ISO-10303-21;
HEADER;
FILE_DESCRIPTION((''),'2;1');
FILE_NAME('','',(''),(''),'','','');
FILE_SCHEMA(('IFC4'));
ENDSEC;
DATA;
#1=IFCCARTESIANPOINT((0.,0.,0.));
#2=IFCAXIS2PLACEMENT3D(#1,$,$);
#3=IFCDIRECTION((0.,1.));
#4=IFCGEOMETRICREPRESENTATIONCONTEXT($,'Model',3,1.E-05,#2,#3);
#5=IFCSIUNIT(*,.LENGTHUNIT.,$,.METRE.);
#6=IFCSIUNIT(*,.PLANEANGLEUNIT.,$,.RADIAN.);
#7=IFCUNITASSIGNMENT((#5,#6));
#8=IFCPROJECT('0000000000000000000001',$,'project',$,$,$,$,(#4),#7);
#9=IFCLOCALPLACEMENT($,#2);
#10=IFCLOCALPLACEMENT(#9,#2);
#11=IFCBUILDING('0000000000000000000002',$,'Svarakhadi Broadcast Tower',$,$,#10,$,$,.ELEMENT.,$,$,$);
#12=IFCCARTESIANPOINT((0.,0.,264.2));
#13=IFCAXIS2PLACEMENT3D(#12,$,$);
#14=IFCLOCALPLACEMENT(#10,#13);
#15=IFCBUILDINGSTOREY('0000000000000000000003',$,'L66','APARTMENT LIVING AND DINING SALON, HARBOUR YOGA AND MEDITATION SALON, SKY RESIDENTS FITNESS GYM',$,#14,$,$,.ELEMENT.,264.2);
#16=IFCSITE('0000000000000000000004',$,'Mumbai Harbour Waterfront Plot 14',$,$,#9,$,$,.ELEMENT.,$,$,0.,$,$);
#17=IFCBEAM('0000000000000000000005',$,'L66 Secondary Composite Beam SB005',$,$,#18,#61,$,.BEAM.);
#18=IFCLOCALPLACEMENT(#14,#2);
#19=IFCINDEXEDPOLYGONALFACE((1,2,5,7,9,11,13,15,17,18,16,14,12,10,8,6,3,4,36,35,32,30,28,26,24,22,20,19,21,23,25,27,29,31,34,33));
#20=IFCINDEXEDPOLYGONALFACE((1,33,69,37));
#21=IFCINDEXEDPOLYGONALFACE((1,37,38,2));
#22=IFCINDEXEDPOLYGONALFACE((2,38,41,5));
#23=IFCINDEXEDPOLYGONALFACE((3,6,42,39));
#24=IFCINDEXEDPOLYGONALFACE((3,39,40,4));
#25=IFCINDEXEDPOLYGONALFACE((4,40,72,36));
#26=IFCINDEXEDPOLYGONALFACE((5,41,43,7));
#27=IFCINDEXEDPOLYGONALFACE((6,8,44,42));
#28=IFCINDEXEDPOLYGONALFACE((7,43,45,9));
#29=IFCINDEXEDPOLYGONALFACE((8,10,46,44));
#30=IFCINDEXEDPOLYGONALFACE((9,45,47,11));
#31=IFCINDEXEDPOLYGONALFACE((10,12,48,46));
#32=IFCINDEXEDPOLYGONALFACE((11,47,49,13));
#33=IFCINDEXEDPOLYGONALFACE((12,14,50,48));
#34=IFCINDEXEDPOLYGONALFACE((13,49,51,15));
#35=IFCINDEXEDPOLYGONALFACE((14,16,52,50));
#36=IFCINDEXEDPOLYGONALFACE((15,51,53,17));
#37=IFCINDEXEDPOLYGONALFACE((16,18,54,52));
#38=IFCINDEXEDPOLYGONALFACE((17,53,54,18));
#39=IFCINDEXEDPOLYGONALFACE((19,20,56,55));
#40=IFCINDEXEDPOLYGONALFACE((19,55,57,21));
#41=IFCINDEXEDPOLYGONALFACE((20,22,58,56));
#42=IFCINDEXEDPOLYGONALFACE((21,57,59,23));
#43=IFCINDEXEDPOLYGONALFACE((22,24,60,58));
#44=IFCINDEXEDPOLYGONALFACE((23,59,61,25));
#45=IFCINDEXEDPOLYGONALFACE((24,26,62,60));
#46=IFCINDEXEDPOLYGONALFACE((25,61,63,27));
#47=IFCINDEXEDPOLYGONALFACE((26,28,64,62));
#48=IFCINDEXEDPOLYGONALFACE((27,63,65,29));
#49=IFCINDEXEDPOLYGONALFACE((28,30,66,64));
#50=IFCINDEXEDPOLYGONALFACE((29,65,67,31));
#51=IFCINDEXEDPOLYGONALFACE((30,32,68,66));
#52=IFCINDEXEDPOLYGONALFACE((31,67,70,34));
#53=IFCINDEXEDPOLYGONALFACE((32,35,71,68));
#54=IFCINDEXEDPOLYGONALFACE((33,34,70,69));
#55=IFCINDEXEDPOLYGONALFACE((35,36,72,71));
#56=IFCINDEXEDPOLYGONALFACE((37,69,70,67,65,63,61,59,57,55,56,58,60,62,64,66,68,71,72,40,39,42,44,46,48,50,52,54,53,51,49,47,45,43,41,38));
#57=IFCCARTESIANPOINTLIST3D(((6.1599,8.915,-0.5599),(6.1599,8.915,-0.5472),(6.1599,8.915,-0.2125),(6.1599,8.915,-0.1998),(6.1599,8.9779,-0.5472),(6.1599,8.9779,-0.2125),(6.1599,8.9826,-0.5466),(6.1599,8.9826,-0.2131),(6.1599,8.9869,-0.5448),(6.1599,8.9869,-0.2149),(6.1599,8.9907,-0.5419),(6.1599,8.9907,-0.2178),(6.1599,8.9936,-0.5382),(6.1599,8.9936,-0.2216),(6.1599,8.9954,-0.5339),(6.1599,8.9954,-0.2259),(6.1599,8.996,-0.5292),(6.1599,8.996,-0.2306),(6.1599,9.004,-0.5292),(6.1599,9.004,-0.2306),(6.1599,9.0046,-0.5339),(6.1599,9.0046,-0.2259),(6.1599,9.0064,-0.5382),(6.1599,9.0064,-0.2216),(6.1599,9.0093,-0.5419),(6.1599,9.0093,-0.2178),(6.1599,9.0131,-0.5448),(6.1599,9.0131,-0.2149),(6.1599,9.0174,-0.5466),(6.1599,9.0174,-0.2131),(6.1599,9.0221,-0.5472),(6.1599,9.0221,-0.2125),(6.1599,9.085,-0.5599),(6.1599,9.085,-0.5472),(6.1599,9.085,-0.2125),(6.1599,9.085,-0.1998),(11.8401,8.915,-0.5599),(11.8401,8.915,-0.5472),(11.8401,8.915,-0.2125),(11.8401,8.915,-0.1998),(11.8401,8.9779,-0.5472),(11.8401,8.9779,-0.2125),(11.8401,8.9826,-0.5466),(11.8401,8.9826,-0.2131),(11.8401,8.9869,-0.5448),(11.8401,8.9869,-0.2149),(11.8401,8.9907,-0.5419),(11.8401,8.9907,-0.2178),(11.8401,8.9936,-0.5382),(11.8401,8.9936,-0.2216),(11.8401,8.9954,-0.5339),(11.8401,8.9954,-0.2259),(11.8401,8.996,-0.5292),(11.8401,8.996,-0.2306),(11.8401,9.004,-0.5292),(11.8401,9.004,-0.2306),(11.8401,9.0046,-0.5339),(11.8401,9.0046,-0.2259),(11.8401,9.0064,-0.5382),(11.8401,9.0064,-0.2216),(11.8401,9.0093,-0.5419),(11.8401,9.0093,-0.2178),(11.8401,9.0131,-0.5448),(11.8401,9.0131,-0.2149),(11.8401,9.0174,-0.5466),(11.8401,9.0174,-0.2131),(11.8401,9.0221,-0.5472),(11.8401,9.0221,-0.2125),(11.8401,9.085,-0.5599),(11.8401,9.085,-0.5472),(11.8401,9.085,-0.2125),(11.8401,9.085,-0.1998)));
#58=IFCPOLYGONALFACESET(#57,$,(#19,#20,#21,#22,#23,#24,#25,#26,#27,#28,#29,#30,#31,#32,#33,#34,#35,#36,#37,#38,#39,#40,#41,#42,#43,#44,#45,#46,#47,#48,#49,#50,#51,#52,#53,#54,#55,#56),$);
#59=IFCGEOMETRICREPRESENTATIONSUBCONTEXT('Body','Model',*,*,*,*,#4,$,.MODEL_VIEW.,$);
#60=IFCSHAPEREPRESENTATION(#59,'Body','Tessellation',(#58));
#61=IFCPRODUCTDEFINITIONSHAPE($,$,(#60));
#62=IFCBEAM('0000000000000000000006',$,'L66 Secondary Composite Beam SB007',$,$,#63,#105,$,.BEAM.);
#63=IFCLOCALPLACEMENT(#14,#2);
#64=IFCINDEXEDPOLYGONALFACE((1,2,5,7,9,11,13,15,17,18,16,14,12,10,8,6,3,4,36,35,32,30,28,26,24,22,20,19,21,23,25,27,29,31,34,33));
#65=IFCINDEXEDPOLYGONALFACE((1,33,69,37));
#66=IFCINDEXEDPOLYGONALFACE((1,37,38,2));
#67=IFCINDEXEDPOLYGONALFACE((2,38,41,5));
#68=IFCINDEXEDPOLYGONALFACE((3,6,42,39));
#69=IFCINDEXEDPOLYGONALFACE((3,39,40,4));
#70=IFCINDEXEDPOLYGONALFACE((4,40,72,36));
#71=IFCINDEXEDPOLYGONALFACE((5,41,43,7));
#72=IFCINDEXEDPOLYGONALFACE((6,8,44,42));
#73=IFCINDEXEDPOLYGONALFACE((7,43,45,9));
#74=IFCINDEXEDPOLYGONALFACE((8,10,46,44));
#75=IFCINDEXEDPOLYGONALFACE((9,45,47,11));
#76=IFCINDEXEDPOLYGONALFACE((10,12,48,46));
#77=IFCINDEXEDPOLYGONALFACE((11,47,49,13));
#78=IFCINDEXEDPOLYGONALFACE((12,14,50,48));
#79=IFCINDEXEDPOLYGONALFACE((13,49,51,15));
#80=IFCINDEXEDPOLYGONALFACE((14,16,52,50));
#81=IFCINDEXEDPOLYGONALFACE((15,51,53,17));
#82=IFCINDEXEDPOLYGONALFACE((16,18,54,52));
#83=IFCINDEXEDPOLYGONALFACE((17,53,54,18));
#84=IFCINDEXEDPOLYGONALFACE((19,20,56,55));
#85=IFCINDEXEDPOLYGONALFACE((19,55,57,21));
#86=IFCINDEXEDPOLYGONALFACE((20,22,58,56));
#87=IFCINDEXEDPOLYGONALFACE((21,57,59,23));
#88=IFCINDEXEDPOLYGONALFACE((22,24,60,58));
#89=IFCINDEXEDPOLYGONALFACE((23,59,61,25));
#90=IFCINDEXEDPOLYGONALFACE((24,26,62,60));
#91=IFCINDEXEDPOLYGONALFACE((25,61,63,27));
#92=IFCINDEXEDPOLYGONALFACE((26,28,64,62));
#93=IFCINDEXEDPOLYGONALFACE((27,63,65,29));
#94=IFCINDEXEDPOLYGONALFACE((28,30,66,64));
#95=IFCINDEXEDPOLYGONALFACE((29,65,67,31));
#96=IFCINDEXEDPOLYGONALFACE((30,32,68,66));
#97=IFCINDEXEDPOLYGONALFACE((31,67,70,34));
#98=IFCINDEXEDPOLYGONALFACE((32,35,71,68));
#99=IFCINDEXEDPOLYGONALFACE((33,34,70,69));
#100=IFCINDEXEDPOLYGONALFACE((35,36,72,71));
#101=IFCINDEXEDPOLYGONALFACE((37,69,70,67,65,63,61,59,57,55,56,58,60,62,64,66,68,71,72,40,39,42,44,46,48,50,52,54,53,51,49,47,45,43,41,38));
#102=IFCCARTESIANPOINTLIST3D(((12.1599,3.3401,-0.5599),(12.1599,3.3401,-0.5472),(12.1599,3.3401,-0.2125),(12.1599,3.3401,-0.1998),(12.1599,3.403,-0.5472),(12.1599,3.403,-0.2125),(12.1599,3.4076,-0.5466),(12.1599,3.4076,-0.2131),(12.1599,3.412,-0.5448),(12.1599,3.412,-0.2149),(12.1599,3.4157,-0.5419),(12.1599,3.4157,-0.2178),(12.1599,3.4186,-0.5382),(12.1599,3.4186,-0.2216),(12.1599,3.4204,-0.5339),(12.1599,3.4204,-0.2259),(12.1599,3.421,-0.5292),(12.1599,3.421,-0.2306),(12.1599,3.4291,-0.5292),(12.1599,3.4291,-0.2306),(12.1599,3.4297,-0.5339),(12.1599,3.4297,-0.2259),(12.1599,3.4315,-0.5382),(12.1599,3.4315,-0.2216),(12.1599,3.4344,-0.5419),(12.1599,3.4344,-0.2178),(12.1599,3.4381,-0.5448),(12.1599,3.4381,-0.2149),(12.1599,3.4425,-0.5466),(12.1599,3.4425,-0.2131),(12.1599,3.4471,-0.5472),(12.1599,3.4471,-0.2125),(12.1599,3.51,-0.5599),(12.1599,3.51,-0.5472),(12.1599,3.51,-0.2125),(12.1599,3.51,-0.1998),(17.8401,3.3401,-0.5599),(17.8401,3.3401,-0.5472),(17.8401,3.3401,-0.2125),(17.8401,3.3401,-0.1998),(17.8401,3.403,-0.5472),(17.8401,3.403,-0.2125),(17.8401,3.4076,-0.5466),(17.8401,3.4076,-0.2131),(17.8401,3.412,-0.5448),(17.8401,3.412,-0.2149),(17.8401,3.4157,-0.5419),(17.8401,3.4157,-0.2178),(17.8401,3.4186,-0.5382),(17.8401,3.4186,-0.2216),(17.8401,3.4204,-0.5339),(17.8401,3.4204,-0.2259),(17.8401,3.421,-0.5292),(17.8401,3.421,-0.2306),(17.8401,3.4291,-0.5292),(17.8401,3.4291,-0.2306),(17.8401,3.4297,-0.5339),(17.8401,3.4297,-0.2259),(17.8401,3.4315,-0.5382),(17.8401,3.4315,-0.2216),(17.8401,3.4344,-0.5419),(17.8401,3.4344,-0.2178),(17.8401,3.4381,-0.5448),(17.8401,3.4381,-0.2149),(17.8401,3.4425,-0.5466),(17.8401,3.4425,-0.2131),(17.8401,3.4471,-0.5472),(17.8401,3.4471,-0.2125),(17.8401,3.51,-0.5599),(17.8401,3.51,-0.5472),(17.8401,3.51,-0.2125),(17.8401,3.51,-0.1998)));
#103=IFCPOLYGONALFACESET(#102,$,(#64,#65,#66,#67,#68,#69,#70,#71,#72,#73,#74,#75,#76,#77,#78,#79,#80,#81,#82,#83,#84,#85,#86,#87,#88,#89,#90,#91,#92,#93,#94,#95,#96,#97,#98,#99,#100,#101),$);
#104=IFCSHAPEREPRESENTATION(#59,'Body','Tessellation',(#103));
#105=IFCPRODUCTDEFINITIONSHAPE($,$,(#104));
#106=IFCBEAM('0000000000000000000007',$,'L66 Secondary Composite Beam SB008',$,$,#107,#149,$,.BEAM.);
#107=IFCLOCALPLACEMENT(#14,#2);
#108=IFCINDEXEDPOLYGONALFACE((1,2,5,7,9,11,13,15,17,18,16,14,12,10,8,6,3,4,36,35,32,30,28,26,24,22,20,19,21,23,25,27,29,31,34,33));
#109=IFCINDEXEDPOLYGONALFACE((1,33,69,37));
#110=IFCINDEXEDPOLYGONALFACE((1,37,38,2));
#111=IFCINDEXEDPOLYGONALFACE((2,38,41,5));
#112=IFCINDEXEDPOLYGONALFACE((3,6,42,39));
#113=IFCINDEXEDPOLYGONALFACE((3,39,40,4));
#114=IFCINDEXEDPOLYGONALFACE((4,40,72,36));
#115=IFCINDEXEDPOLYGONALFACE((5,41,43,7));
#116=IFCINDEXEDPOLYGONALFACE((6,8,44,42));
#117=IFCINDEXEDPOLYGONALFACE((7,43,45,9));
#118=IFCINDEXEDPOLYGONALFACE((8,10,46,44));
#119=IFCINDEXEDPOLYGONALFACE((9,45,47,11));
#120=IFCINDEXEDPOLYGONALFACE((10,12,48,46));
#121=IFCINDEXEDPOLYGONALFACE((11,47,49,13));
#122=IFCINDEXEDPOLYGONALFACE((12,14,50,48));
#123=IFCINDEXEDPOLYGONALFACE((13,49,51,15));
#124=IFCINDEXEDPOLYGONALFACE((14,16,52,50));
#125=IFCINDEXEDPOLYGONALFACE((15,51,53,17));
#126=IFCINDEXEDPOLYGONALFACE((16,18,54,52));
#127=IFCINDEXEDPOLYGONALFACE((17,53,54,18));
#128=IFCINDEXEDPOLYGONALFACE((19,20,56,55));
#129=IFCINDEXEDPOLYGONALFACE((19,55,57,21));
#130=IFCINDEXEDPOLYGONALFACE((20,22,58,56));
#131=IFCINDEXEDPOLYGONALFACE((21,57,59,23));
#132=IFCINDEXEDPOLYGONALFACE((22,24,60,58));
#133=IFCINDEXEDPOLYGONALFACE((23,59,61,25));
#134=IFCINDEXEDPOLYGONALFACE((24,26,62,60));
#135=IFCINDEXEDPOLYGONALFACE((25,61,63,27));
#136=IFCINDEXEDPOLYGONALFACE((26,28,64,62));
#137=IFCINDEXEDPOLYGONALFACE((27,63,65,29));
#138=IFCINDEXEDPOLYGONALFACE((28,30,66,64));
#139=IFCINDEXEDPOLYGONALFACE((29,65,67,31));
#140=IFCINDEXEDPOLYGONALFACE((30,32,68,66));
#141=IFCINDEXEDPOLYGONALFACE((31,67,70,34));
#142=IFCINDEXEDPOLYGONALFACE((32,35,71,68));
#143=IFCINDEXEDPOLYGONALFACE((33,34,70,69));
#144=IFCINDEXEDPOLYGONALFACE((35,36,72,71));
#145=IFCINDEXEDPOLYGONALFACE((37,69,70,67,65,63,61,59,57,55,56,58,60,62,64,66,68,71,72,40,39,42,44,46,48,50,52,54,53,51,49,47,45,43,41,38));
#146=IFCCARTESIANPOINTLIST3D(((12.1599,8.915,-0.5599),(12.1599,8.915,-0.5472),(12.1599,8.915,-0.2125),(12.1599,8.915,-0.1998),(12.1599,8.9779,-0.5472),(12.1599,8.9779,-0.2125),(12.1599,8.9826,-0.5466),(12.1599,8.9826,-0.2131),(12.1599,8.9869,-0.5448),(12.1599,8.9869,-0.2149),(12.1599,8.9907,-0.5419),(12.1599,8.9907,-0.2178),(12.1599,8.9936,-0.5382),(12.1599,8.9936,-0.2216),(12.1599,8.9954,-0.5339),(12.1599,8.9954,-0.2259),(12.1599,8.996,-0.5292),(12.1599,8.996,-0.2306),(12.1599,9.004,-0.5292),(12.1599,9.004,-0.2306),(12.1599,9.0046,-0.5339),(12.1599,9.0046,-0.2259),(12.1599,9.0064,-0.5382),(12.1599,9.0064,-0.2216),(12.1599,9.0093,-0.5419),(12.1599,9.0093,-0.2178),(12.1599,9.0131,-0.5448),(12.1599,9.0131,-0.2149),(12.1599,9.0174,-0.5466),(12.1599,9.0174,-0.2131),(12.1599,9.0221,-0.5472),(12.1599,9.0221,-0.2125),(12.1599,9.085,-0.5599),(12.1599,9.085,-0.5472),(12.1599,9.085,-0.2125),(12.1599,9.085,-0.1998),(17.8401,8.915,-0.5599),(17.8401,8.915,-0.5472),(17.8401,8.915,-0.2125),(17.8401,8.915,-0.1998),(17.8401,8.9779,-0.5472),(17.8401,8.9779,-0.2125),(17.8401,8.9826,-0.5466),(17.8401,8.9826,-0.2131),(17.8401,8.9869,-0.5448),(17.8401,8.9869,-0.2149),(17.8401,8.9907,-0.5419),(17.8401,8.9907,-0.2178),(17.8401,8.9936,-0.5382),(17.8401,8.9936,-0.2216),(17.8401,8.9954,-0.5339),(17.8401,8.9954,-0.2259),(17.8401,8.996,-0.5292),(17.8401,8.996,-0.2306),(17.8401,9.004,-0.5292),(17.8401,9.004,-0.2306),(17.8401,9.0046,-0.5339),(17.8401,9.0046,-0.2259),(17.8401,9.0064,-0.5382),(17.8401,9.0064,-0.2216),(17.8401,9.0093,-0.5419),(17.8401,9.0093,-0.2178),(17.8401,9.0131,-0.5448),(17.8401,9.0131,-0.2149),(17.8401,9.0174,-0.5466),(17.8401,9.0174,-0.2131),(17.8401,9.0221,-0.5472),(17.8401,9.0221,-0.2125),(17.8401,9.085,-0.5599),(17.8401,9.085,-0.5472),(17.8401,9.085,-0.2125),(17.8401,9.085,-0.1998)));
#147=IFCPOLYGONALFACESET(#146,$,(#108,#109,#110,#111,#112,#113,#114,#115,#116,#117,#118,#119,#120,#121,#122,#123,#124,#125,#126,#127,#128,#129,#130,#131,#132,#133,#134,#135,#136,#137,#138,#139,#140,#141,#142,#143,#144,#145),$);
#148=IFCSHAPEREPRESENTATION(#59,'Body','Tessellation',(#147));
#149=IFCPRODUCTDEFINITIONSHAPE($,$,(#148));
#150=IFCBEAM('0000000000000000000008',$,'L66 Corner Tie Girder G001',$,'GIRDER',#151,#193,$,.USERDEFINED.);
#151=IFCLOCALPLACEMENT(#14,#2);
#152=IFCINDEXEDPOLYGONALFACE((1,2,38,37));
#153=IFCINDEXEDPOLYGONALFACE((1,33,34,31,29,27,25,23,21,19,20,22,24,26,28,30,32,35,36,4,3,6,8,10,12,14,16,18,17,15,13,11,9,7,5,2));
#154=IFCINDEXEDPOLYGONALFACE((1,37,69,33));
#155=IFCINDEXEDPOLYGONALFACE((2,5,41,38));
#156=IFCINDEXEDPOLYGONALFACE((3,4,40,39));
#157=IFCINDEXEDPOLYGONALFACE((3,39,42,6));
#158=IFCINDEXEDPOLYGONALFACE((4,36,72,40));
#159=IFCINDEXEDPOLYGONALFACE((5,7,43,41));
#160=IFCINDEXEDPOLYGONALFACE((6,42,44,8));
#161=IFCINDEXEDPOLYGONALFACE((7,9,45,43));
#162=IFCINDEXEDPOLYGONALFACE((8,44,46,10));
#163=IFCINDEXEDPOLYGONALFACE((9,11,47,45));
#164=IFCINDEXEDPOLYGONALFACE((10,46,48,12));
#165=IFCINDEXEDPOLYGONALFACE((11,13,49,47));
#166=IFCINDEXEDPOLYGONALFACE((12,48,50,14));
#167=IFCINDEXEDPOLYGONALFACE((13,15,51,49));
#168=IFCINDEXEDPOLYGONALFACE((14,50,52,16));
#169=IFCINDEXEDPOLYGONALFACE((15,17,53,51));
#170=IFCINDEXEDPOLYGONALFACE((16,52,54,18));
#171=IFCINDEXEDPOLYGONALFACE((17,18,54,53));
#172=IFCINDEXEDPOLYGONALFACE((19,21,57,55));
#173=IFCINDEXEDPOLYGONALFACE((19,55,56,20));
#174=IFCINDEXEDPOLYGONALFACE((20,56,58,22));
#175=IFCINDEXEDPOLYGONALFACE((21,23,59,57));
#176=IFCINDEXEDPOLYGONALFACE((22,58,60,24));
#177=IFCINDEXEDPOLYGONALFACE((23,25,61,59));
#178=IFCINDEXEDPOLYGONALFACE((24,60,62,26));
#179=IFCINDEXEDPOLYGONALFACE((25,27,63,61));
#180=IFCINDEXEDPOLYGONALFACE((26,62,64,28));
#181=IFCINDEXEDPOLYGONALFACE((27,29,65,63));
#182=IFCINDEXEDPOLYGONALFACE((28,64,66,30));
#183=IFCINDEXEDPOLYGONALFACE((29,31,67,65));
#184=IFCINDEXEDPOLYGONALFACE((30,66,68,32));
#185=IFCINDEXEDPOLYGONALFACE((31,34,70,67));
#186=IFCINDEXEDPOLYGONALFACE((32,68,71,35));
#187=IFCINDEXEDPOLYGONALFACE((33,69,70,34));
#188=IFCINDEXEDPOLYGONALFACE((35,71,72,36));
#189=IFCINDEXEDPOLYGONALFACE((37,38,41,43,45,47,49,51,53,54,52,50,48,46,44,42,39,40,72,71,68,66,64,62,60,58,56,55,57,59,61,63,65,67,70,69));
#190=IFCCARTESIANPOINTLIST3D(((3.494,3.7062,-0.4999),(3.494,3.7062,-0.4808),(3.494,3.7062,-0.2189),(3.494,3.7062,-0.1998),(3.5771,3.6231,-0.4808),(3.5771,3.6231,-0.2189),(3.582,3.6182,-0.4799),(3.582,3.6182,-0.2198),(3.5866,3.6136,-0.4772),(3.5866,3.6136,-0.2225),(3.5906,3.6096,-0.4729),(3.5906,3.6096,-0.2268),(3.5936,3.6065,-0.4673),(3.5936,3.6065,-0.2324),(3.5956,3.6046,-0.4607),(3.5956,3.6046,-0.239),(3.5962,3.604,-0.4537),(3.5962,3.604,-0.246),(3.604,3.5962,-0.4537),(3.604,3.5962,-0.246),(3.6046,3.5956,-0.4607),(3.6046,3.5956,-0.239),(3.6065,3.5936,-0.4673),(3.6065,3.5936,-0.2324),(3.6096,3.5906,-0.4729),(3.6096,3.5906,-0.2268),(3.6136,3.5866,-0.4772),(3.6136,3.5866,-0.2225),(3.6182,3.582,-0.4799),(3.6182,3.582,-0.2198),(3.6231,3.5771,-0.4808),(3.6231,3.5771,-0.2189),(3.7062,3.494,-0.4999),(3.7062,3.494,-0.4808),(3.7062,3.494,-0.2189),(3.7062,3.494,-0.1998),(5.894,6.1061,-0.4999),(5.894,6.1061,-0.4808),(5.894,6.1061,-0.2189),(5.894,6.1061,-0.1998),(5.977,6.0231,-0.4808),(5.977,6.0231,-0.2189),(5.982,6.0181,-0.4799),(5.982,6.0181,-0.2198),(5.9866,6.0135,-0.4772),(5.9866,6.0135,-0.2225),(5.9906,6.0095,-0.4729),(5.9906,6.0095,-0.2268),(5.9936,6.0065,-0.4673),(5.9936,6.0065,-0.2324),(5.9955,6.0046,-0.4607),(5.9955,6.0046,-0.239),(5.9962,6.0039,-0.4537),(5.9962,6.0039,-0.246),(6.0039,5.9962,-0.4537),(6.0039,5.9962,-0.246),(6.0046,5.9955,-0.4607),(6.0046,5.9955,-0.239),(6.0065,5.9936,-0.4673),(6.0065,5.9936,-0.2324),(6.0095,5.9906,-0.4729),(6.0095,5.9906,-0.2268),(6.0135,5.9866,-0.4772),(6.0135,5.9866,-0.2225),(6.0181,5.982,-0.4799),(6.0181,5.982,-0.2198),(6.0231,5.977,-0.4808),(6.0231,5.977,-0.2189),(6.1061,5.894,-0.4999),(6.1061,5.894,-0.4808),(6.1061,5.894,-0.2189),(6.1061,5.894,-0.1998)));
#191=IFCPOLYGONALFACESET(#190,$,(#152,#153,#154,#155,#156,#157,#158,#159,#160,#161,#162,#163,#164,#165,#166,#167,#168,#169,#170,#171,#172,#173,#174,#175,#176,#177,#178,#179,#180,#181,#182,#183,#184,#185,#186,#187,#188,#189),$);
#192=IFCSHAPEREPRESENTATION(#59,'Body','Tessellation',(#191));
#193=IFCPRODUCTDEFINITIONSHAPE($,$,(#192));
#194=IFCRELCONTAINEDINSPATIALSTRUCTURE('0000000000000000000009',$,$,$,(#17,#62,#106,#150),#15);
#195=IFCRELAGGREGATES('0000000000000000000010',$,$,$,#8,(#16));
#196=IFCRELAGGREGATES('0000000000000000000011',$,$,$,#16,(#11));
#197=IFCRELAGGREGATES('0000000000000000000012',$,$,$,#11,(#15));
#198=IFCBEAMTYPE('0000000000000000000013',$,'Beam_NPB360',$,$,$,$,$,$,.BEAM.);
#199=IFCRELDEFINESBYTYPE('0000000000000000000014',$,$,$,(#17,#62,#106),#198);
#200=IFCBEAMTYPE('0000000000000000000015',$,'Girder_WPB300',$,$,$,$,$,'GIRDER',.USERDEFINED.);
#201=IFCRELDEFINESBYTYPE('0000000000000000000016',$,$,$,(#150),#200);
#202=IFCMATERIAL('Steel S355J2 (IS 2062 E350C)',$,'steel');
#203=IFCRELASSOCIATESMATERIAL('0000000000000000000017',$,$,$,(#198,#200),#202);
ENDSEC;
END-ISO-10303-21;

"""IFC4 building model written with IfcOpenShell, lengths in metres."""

from ifc_helpers import new_model, si_unit, direction, frame, origin, origin_2d, place, context, subcontext, project, spatial, i_section, extrude, material, material_profile, profile_set, type_object, element, save


model = new_model("IFC4")

# Units and contexts
model_context = context("Model", 3, precision=1e-05, world=origin(), true_north=direction((0.0, 1.0)))
body_context = subcontext(model_context, "Body", "Model", "MODEL_VIEW")
ifc_project = project(units=[si_unit("LENGTHUNIT", "METRE"), si_unit("PLANEANGLEUNIT", "RADIAN")], contexts=[model_context])

# Site, building, storey
site_placement = place(None, origin())
site = spatial("IfcSite", under=ifc_project, at=site_placement, Name="Mumbai Harbour Waterfront Plot 14", CompositionType="ELEMENT", RefElevation=0.0)
building_placement = place(site_placement, origin())
building = spatial("IfcBuilding", under=site, at=building_placement, Name="Svarakhadi Broadcast Tower", CompositionType="ELEMENT")
storey_placement = place(building_placement, frame((0.0, 0.0, 264.2)))
storey = spatial("IfcBuildingStorey", under=building, at=storey_placement, Name="L66", Description="APARTMENT LIVING AND DINING SALON, HARBOUR YOGA AND MEDITATION SALON, SKY RESIDENTS FITNESS GYM", CompositionType="ELEMENT", Elevation=264.2)

# Beams
ifc_material_1 = material(Name="Steel S355J2 (IS 2062 E350C)", Category="steel")
ifc_material_profile_1 = material_profile(ifc_material_1, i_section(OverallWidth=0.1699, OverallDepth=0.3601, WebThickness=0.0081, FlangeThickness=0.0127, FilletRadius=0.0181, at=origin_2d()), Name="NPB 360x170x57")
ifc_profile_set_1 = profile_set([ifc_material_profile_1], Name="Steel S355J2 (IS 2062 E350C)")
beam_type_1 = type_object("IfcBeamType", Name="Beam_NPB360", PredefinedType="BEAM", material=ifc_profile_set_1)
for number, where, z_axis, x_axis, name in (
    (1, (6.1599, 9.0, -0.3799), (1.0, 0.0, 0.0), (0.0, 1.0, 0.0), "L66 Secondary Composite Beam SB005"),
    (2, (12.1599, 3.425, -0.3799), (1.0, 0.0, 0.0), (0.0, 1.0, 0.0), "L66 Secondary Composite Beam SB007"),
    (3, (12.1599, 9.0, -0.3799), (1.0, 0.0, 0.0), (0.0, 1.0, 0.0), "L66 Secondary Composite Beam SB008"),
):
    element("IfcBeam", number, at=place(storey_placement, frame(where, z_axis=z_axis, x_axis=x_axis)), inside=storey, type_object=beam_type_1, Name=name, PredefinedType="BEAM", context=body_context, shape_type="SweptSolid", body=[
        extrude(i_section(OverallWidth=0.1699, OverallDepth=0.3601, WebThickness=0.0081, FlangeThickness=0.0127, FilletRadius=0.0181, at=origin_2d()), origin(), (0.0, 0.0, 1.0), 5.6802),
    ])
ifc_material_profile_2 = material_profile(ifc_material_1, i_section(OverallWidth=0.3, OverallDepth=0.3, WebThickness=0.011, FlangeThickness=0.019, FilletRadius=0.0271, at=origin_2d()), Name="WPB 300x300x117")
ifc_profile_set_2 = profile_set([ifc_material_profile_2], Name="Steel S355J2 (IS 2062 E350C)")
beam_type_2 = type_object("IfcBeamType", Name="Girder_WPB300", ElementType="GIRDER", PredefinedType="USERDEFINED", material=ifc_profile_set_2)
beam_1_placement = place(storey_placement, frame((3.6001, 3.6001, -0.3499), z_axis=(0.707107, 0.707107, 0.0), x_axis=(-0.707107, 0.707107, 0.0)))
element("IfcBeam", 4, at=beam_1_placement, inside=storey, type_object=beam_type_2, Name="L66 Corner Tie Girder G001", ObjectType="GIRDER", PredefinedType="USERDEFINED", context=body_context, shape_type="SweptSolid", body=[
    extrude(i_section(OverallWidth=0.3, OverallDepth=0.3, WebThickness=0.011, FlangeThickness=0.019, FilletRadius=0.0271, at=origin_2d()), origin(), (0.0, 0.0, 1.0), 3.394),
])

save(model, "model.ifc")
